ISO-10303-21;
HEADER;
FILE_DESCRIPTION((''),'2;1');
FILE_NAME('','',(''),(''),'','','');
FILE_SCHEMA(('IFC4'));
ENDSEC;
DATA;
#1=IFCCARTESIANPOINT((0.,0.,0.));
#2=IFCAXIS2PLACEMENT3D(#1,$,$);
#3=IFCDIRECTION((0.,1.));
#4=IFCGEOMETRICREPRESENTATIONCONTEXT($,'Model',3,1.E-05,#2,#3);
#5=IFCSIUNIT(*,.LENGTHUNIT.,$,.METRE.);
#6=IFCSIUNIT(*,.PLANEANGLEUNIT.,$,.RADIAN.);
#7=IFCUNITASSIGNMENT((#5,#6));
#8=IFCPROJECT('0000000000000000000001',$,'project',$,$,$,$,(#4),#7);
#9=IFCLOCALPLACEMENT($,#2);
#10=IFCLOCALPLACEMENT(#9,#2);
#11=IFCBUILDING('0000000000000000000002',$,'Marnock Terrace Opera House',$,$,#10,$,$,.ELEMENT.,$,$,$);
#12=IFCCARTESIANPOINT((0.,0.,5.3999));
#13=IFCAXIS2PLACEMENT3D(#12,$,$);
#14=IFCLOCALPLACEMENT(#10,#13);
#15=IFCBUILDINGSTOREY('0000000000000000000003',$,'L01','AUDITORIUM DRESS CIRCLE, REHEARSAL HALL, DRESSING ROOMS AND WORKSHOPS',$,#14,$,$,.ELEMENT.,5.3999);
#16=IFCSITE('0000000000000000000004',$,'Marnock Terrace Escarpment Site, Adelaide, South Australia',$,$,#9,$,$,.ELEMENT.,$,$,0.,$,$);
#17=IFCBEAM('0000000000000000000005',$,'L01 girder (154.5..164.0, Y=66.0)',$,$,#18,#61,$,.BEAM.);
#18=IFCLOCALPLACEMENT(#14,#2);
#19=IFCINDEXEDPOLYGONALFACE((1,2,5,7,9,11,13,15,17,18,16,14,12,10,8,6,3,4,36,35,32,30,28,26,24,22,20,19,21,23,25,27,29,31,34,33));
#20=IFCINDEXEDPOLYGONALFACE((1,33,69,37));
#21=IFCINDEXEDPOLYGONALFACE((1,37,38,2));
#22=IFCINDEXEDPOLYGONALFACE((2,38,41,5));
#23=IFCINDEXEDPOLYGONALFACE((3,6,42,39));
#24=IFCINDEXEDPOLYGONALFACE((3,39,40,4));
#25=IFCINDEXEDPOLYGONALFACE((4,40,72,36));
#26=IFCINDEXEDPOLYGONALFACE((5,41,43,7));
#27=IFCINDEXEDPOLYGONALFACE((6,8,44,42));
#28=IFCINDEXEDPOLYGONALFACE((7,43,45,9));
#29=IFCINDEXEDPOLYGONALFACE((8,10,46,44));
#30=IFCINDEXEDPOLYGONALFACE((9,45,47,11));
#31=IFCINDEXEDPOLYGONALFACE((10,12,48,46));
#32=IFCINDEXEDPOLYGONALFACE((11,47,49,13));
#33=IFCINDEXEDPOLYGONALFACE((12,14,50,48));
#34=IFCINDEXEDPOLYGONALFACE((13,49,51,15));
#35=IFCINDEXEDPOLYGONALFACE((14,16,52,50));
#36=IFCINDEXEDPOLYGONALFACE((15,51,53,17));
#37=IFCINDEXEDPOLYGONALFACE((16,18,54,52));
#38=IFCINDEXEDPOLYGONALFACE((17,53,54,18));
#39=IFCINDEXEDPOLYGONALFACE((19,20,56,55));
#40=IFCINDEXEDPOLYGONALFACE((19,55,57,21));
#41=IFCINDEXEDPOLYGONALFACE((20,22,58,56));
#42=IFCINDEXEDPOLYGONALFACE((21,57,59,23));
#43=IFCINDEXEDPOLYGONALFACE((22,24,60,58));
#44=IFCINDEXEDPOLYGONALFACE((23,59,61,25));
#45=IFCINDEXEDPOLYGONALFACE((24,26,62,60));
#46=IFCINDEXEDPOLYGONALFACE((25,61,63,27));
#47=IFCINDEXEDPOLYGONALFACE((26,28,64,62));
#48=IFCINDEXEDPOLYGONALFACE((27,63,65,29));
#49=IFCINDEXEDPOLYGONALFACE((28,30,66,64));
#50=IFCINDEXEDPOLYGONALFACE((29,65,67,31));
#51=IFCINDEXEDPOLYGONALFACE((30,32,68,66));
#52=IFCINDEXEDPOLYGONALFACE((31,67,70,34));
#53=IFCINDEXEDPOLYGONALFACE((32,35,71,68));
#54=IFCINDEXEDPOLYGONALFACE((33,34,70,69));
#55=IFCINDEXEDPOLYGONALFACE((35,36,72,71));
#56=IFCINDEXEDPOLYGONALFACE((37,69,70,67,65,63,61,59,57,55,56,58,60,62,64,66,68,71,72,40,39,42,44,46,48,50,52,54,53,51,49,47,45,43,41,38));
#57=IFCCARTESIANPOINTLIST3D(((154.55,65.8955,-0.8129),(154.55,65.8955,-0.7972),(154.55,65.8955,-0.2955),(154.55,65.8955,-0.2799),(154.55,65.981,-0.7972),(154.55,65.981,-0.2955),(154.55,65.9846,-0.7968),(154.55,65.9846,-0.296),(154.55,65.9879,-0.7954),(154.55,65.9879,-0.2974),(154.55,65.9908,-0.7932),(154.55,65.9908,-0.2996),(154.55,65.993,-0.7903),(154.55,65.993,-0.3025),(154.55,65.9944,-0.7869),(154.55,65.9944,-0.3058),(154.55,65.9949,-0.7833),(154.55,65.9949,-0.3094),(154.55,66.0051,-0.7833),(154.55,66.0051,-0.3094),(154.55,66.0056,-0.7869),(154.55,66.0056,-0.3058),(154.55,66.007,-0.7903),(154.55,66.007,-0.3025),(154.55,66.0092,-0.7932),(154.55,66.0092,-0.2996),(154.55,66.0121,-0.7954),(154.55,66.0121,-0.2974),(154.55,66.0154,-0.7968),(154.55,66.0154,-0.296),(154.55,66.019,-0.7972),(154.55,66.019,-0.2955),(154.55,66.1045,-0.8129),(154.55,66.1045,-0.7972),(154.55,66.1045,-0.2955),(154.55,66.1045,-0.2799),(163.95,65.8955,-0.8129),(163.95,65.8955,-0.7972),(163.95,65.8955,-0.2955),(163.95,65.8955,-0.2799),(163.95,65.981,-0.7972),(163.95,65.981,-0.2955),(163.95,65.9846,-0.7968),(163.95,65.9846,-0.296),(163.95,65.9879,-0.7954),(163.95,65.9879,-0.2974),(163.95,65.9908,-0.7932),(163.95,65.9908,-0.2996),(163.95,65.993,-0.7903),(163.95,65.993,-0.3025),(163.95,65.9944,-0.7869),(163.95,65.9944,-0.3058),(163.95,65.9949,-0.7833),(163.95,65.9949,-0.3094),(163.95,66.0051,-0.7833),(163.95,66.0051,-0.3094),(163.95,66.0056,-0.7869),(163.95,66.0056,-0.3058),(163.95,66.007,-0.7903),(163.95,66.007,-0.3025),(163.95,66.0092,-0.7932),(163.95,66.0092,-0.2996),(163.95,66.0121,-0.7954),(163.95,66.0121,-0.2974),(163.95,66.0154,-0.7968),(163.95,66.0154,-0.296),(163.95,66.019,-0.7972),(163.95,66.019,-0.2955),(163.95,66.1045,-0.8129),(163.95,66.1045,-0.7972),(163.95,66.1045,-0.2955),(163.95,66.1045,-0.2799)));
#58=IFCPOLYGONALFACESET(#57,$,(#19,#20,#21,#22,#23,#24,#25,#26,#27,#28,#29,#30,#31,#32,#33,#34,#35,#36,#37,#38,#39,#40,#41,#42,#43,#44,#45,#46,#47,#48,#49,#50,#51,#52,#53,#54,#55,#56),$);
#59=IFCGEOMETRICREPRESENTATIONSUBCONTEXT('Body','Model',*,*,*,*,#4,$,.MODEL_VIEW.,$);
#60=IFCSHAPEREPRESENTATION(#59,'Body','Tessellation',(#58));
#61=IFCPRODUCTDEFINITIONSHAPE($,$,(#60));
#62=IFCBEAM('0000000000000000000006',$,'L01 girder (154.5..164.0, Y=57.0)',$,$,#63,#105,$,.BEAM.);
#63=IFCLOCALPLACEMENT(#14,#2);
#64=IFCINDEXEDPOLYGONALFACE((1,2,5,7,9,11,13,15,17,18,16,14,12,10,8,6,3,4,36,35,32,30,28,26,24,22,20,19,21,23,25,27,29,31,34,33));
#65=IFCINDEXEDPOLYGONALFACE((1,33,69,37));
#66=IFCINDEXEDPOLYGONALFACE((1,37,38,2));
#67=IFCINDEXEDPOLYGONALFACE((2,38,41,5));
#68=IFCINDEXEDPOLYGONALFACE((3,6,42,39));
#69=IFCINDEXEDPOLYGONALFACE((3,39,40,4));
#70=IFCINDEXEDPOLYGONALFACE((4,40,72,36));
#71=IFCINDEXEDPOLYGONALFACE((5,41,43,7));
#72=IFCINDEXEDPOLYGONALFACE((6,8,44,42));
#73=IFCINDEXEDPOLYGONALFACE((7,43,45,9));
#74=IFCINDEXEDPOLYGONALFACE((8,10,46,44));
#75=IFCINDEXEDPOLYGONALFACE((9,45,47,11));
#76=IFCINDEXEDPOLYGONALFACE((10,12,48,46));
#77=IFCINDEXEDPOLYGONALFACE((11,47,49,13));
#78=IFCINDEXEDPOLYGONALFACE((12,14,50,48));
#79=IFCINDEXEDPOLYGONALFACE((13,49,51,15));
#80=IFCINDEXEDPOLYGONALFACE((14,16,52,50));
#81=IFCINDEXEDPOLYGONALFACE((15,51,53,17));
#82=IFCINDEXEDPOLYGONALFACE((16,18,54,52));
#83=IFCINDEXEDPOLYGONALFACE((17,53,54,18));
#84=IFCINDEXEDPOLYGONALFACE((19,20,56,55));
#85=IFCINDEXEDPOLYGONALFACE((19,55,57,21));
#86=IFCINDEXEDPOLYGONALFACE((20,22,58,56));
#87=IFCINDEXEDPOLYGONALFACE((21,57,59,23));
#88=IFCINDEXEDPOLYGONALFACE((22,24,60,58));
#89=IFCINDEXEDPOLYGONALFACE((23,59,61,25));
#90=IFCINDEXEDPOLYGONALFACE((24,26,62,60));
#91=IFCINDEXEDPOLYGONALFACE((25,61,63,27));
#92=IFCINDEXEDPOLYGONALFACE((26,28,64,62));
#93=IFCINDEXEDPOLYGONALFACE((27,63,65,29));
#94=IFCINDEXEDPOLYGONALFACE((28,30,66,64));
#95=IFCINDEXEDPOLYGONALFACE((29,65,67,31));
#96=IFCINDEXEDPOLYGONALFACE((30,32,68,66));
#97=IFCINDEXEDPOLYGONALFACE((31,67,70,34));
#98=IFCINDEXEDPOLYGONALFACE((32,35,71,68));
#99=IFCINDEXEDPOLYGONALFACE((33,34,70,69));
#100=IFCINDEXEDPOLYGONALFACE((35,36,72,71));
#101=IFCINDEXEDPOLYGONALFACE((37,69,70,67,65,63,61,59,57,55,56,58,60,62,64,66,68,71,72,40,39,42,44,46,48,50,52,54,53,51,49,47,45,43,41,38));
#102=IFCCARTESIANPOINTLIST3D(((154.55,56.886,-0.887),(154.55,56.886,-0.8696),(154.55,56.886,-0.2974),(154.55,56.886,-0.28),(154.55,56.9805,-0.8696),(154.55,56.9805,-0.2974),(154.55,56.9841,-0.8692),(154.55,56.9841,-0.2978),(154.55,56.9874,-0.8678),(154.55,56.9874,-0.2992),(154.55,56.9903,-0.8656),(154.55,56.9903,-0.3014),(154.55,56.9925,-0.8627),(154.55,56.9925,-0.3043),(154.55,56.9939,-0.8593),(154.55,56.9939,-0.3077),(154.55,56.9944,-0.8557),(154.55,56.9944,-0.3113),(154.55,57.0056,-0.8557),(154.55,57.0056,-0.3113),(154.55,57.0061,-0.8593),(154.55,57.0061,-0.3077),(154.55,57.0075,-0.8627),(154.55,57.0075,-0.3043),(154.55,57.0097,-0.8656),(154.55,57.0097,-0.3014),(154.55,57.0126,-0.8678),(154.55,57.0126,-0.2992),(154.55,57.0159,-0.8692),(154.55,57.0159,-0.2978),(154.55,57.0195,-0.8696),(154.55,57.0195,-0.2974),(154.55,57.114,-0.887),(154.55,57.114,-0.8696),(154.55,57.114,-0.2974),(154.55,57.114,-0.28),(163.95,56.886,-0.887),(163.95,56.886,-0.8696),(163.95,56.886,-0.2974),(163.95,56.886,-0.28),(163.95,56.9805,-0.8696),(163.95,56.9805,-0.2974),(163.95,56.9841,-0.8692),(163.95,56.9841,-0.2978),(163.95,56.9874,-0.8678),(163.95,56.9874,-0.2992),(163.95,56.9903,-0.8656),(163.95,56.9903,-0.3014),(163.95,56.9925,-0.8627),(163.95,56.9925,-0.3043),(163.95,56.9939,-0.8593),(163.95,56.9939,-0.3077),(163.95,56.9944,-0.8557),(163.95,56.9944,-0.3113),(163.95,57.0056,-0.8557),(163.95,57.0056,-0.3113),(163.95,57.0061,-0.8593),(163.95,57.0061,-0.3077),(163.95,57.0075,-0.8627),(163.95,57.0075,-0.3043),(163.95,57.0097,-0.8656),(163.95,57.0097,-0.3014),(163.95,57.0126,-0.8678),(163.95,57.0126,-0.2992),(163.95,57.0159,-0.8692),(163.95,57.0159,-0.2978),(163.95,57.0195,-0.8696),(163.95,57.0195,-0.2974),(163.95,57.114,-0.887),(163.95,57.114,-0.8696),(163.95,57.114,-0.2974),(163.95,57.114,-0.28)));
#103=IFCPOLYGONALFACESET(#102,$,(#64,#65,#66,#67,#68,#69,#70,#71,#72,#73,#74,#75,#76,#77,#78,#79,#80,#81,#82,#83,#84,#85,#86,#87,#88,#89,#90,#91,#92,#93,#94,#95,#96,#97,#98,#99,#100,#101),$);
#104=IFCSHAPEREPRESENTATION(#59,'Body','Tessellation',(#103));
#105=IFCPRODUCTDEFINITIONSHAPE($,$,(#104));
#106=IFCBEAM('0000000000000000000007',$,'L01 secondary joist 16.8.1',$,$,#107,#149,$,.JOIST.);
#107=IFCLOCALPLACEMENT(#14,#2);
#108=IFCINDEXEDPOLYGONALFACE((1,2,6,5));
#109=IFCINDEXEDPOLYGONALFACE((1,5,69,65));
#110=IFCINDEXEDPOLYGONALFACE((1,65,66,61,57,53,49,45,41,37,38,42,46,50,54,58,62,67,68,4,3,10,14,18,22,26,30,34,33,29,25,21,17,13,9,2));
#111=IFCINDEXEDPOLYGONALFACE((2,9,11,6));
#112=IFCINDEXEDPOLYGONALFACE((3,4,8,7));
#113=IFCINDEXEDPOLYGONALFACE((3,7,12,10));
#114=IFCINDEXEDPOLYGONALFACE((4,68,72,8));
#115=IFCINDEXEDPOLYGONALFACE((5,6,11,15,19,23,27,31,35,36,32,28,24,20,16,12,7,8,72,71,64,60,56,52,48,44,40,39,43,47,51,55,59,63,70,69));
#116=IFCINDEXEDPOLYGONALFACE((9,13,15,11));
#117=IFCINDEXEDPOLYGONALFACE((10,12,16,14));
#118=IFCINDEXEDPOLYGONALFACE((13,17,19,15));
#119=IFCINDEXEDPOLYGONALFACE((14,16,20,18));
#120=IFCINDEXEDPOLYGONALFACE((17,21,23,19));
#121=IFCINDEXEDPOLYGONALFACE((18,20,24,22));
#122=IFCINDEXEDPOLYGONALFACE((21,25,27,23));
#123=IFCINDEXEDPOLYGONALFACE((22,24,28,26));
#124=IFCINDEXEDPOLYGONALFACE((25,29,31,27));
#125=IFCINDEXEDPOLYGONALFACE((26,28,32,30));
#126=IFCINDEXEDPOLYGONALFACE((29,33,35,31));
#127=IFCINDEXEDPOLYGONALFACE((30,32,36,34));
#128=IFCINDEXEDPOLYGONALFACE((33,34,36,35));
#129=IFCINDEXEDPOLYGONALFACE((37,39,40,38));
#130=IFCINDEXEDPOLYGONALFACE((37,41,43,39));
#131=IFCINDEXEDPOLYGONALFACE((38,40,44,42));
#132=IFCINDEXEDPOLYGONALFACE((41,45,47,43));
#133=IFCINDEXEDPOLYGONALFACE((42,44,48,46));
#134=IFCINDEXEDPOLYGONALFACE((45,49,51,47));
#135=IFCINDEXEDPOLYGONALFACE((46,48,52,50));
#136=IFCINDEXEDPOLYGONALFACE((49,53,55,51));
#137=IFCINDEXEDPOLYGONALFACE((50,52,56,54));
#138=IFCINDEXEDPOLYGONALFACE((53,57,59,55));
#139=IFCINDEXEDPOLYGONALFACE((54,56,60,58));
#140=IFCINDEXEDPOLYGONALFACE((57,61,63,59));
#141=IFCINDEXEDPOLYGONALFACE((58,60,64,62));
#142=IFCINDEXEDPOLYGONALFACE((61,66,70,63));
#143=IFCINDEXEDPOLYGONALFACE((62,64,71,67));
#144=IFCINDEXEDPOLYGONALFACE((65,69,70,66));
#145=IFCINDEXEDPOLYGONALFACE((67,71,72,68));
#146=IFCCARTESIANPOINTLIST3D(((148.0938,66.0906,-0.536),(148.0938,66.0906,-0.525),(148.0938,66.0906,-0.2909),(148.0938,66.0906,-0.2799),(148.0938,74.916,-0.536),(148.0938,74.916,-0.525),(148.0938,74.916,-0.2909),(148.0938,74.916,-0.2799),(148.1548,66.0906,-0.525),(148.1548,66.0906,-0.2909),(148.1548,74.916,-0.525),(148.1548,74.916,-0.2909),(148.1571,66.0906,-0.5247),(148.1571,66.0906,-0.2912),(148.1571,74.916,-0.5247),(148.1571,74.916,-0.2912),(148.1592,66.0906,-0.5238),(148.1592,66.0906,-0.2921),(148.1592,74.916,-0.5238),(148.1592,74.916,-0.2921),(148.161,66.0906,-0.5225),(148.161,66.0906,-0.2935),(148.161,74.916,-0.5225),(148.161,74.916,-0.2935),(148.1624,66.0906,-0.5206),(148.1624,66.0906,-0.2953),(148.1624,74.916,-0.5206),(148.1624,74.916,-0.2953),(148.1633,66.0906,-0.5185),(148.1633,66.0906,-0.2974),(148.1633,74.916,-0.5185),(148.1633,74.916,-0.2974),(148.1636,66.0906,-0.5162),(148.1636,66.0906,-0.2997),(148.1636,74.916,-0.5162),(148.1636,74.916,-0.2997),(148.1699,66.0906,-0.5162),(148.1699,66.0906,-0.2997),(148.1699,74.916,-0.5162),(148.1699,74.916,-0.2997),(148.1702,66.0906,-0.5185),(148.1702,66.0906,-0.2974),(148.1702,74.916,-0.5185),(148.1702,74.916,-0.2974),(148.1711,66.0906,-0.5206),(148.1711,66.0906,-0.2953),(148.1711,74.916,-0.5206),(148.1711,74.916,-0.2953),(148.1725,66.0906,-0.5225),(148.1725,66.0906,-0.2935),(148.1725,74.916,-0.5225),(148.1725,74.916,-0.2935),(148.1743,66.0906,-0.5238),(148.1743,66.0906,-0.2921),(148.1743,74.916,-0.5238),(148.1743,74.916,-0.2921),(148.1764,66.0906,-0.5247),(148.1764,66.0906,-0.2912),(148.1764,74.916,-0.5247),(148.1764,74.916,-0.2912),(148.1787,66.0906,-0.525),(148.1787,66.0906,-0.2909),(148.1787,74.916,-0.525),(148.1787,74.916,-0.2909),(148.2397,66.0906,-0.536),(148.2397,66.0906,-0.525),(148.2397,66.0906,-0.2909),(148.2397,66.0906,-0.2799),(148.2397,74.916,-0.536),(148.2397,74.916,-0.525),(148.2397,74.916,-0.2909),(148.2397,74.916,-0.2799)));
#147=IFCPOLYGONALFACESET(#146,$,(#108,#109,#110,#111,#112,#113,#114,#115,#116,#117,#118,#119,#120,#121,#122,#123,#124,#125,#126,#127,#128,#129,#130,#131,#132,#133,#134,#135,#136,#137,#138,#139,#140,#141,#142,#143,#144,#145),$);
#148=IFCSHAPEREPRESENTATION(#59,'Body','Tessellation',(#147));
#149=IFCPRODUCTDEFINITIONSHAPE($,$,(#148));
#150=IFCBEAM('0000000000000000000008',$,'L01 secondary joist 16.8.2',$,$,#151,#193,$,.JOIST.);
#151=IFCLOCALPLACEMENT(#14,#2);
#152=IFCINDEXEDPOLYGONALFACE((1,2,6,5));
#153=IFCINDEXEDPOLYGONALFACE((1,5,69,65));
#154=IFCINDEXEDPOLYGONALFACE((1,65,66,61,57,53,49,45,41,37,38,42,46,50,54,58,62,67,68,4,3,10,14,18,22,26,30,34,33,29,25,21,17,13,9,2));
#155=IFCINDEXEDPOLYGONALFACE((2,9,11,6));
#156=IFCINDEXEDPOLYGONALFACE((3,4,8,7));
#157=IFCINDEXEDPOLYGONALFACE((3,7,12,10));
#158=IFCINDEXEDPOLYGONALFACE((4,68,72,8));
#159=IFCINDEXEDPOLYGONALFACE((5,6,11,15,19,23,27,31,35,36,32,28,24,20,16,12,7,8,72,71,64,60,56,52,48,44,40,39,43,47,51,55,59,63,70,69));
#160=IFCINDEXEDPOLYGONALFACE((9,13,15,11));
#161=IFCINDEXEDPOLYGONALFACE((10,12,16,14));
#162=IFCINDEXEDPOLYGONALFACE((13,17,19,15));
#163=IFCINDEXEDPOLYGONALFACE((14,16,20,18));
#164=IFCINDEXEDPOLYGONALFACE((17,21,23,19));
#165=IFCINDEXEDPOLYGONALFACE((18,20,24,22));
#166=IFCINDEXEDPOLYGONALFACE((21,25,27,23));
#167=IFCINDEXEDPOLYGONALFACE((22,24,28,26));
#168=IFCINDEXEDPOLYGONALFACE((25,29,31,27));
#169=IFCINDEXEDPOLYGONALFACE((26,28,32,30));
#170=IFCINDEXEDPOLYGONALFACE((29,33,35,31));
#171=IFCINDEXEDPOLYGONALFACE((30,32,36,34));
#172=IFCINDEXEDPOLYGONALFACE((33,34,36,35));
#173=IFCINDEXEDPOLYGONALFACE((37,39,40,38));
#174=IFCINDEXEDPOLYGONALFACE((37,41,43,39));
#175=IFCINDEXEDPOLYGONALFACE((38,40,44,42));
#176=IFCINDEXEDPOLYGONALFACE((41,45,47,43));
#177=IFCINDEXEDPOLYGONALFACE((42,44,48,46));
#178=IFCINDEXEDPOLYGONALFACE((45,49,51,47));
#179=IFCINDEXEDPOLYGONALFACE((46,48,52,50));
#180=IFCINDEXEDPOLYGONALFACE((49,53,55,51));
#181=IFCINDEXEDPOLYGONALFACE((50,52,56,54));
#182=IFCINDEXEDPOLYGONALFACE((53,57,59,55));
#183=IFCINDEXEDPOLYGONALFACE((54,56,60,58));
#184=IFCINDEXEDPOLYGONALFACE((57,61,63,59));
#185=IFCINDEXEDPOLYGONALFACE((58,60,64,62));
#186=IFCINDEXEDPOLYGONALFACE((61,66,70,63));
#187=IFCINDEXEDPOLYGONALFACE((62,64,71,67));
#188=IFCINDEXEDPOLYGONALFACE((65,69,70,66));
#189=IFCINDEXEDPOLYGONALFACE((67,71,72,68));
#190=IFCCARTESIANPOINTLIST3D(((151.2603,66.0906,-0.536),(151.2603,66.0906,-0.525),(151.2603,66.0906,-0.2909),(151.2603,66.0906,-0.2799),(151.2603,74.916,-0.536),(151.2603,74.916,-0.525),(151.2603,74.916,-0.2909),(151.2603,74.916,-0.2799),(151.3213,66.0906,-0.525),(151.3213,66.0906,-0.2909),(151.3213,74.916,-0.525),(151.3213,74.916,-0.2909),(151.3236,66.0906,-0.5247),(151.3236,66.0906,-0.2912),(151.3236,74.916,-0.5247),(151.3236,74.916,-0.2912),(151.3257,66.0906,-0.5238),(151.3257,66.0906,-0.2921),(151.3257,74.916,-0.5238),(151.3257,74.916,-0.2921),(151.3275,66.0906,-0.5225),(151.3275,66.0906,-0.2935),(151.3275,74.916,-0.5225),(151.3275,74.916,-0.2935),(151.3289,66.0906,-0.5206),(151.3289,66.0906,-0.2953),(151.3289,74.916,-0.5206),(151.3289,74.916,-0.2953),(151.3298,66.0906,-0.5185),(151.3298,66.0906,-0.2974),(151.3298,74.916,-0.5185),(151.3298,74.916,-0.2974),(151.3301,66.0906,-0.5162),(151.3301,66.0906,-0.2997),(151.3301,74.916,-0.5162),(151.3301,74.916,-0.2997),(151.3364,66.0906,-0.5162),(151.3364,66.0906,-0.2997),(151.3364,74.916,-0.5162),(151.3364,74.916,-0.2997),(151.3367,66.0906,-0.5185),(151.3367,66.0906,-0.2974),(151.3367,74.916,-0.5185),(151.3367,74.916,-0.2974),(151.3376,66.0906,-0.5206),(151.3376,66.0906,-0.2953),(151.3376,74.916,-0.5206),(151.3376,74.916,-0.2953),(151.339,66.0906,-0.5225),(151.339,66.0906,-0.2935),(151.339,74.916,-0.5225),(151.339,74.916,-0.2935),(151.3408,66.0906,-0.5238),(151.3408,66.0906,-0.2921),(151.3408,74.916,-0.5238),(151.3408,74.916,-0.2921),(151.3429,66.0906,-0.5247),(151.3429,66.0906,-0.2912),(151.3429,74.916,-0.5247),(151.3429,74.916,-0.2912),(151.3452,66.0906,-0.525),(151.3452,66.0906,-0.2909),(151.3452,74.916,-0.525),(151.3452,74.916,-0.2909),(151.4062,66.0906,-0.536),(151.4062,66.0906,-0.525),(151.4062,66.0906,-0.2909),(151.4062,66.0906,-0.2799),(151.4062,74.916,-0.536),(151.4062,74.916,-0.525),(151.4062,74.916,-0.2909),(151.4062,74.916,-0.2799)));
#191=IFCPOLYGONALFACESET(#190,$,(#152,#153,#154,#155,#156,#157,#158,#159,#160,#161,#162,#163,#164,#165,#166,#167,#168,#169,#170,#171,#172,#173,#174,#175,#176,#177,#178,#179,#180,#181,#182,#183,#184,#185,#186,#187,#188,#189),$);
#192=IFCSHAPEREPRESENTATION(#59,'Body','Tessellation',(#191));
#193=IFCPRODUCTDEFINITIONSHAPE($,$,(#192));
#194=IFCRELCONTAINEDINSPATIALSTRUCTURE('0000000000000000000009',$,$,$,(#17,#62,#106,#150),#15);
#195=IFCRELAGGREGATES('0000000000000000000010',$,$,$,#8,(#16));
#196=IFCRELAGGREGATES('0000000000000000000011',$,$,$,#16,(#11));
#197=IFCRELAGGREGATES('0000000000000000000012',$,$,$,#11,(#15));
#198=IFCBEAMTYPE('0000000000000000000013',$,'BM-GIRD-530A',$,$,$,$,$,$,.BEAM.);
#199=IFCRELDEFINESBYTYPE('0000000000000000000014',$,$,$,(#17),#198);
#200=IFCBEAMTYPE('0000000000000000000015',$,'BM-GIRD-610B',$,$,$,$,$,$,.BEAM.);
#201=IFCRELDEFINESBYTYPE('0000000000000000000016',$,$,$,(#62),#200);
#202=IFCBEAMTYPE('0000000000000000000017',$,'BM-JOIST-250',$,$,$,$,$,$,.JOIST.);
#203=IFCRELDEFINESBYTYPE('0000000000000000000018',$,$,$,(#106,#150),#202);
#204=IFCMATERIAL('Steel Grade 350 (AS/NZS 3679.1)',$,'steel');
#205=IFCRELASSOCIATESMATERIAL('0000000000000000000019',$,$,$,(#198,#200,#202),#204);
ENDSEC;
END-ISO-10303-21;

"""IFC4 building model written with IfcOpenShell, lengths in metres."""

from ifc_helpers import new_model, si_unit, direction, frame, origin, origin_2d, place, context, subcontext, project, spatial, i_section, extrude, material, material_profile, profile_set, type_object, element, save


model = new_model("IFC4")

# Units and contexts
model_context = context("Model", 3, precision=1e-05, world=origin(), true_north=direction((0.0, 1.0)))
body_context = subcontext(model_context, "Body", "Model", "MODEL_VIEW")
ifc_project = project(units=[si_unit("LENGTHUNIT", "METRE"), si_unit("PLANEANGLEUNIT", "RADIAN")], contexts=[model_context])

# Site, building, storey
site_placement = place(None, origin())
site = spatial("IfcSite", under=ifc_project, at=site_placement, Name="Marnock Terrace Escarpment Site, Adelaide, South Australia", CompositionType="ELEMENT", RefElevation=0.0)
building_placement = place(site_placement, origin())
building = spatial("IfcBuilding", under=site, at=building_placement, Name="Marnock Terrace Opera House", CompositionType="ELEMENT")
storey_placement = place(building_placement, frame((0.0, 0.0, 5.3999)))
storey = spatial("IfcBuildingStorey", under=building, at=storey_placement, Name="L01", Description="AUDITORIUM DRESS CIRCLE, REHEARSAL HALL, DRESSING ROOMS AND WORKSHOPS", CompositionType="ELEMENT", Elevation=5.3999)

# Beams
ifc_material_1 = material(Name="Steel Grade 350 (AS/NZS 3679.1)", Category="steel")
ifc_material_profile_1 = material_profile(ifc_material_1, i_section(OverallWidth=0.209, OverallDepth=0.533, WebThickness=0.0103, FlangeThickness=0.0156, FilletRadius=0.0139, at=origin_2d()))
ifc_profile_set_1 = profile_set([ifc_material_profile_1], Name="Steel Grade 350 (AS/NZS 3679.1)")
beam_type_1 = type_object("IfcBeamType", Name="BM-GIRD-530A", PredefinedType="BEAM", material=ifc_profile_set_1)
beam_1_placement = place(storey_placement, frame((154.55, 66.0, -0.5464), z_axis=(1.0, 0.0, 0.0), x_axis=(0.0, 1.0, 0.0)))
element("IfcBeam", 1, at=beam_1_placement, inside=storey, type_object=beam_type_1, Name="L01 girder (154.5..164.0, Y=66.0)", PredefinedType="BEAM", context=body_context, shape_type="SweptSolid", body=[
    extrude(i_section(OverallWidth=0.209, OverallDepth=0.533, WebThickness=0.0103, FlangeThickness=0.0156, FilletRadius=0.0139, at=origin_2d()), origin(), (0.0, 0.0, 1.0), 9.3999),
])
ifc_material_profile_2 = material_profile(ifc_material_1, i_section(OverallWidth=0.228, OverallDepth=0.6069, WebThickness=0.0112, FlangeThickness=0.0173, FilletRadius=0.0139, at=origin_2d()))
ifc_profile_set_2 = profile_set([ifc_material_profile_2], Name="Steel Grade 350 (AS/NZS 3679.1)")
beam_type_2 = type_object("IfcBeamType", Name="BM-GIRD-610B", PredefinedType="BEAM", material=ifc_profile_set_2)
beam_2_placement = place(storey_placement, frame((154.55, 57.0, -0.5835), z_axis=(1.0, 0.0, 0.0), x_axis=(0.0, 1.0, 0.0)))
element("IfcBeam", 2, at=beam_2_placement, inside=storey, type_object=beam_type_2, Name="L01 girder (154.5..164.0, Y=57.0)", PredefinedType="BEAM", context=body_context, shape_type="SweptSolid", body=[
    extrude(i_section(OverallWidth=0.228, OverallDepth=0.6069, WebThickness=0.0112, FlangeThickness=0.0173, FilletRadius=0.0139, at=origin_2d()), origin(), (0.0, 0.0, 1.0), 9.3999),
])
ifc_material_profile_3 = material_profile(ifc_material_1, i_section(OverallWidth=0.146, OverallDepth=0.2561, WebThickness=0.0063, FlangeThickness=0.011, FilletRadius=0.0088, at=origin_2d()))
ifc_profile_set_3 = profile_set([ifc_material_profile_3], Name="Steel Grade 350 (AS/NZS 3679.1)")
beam_type_3 = type_object("IfcBeamType", Name="BM-JOIST-250", PredefinedType="JOIST", material=ifc_profile_set_3)
for number, where, z_axis, x_axis, name in (
    (3, (148.1667, 66.0906, -0.408), (0.0, 1.0, 0.0), (-1.0, 0.0, 0.0), "L01 secondary joist 16.8.1"),
    (4, (151.3333, 66.0906, -0.408), (0.0, 1.0, 0.0), (-1.0, 0.0, 0.0), "L01 secondary joist 16.8.2"),
):
    element("IfcBeam", number, at=place(storey_placement, frame(where, z_axis=z_axis, x_axis=x_axis)), inside=storey, type_object=beam_type_3, Name=name, PredefinedType="JOIST", context=body_context, shape_type="SweptSolid", body=[
        extrude(i_section(OverallWidth=0.146, OverallDepth=0.2561, WebThickness=0.0063, FlangeThickness=0.011, FilletRadius=0.0088, at=origin_2d()), origin(), (0.0, 0.0, 1.0), 8.8254),
    ])

save(model, "model.ifc")
